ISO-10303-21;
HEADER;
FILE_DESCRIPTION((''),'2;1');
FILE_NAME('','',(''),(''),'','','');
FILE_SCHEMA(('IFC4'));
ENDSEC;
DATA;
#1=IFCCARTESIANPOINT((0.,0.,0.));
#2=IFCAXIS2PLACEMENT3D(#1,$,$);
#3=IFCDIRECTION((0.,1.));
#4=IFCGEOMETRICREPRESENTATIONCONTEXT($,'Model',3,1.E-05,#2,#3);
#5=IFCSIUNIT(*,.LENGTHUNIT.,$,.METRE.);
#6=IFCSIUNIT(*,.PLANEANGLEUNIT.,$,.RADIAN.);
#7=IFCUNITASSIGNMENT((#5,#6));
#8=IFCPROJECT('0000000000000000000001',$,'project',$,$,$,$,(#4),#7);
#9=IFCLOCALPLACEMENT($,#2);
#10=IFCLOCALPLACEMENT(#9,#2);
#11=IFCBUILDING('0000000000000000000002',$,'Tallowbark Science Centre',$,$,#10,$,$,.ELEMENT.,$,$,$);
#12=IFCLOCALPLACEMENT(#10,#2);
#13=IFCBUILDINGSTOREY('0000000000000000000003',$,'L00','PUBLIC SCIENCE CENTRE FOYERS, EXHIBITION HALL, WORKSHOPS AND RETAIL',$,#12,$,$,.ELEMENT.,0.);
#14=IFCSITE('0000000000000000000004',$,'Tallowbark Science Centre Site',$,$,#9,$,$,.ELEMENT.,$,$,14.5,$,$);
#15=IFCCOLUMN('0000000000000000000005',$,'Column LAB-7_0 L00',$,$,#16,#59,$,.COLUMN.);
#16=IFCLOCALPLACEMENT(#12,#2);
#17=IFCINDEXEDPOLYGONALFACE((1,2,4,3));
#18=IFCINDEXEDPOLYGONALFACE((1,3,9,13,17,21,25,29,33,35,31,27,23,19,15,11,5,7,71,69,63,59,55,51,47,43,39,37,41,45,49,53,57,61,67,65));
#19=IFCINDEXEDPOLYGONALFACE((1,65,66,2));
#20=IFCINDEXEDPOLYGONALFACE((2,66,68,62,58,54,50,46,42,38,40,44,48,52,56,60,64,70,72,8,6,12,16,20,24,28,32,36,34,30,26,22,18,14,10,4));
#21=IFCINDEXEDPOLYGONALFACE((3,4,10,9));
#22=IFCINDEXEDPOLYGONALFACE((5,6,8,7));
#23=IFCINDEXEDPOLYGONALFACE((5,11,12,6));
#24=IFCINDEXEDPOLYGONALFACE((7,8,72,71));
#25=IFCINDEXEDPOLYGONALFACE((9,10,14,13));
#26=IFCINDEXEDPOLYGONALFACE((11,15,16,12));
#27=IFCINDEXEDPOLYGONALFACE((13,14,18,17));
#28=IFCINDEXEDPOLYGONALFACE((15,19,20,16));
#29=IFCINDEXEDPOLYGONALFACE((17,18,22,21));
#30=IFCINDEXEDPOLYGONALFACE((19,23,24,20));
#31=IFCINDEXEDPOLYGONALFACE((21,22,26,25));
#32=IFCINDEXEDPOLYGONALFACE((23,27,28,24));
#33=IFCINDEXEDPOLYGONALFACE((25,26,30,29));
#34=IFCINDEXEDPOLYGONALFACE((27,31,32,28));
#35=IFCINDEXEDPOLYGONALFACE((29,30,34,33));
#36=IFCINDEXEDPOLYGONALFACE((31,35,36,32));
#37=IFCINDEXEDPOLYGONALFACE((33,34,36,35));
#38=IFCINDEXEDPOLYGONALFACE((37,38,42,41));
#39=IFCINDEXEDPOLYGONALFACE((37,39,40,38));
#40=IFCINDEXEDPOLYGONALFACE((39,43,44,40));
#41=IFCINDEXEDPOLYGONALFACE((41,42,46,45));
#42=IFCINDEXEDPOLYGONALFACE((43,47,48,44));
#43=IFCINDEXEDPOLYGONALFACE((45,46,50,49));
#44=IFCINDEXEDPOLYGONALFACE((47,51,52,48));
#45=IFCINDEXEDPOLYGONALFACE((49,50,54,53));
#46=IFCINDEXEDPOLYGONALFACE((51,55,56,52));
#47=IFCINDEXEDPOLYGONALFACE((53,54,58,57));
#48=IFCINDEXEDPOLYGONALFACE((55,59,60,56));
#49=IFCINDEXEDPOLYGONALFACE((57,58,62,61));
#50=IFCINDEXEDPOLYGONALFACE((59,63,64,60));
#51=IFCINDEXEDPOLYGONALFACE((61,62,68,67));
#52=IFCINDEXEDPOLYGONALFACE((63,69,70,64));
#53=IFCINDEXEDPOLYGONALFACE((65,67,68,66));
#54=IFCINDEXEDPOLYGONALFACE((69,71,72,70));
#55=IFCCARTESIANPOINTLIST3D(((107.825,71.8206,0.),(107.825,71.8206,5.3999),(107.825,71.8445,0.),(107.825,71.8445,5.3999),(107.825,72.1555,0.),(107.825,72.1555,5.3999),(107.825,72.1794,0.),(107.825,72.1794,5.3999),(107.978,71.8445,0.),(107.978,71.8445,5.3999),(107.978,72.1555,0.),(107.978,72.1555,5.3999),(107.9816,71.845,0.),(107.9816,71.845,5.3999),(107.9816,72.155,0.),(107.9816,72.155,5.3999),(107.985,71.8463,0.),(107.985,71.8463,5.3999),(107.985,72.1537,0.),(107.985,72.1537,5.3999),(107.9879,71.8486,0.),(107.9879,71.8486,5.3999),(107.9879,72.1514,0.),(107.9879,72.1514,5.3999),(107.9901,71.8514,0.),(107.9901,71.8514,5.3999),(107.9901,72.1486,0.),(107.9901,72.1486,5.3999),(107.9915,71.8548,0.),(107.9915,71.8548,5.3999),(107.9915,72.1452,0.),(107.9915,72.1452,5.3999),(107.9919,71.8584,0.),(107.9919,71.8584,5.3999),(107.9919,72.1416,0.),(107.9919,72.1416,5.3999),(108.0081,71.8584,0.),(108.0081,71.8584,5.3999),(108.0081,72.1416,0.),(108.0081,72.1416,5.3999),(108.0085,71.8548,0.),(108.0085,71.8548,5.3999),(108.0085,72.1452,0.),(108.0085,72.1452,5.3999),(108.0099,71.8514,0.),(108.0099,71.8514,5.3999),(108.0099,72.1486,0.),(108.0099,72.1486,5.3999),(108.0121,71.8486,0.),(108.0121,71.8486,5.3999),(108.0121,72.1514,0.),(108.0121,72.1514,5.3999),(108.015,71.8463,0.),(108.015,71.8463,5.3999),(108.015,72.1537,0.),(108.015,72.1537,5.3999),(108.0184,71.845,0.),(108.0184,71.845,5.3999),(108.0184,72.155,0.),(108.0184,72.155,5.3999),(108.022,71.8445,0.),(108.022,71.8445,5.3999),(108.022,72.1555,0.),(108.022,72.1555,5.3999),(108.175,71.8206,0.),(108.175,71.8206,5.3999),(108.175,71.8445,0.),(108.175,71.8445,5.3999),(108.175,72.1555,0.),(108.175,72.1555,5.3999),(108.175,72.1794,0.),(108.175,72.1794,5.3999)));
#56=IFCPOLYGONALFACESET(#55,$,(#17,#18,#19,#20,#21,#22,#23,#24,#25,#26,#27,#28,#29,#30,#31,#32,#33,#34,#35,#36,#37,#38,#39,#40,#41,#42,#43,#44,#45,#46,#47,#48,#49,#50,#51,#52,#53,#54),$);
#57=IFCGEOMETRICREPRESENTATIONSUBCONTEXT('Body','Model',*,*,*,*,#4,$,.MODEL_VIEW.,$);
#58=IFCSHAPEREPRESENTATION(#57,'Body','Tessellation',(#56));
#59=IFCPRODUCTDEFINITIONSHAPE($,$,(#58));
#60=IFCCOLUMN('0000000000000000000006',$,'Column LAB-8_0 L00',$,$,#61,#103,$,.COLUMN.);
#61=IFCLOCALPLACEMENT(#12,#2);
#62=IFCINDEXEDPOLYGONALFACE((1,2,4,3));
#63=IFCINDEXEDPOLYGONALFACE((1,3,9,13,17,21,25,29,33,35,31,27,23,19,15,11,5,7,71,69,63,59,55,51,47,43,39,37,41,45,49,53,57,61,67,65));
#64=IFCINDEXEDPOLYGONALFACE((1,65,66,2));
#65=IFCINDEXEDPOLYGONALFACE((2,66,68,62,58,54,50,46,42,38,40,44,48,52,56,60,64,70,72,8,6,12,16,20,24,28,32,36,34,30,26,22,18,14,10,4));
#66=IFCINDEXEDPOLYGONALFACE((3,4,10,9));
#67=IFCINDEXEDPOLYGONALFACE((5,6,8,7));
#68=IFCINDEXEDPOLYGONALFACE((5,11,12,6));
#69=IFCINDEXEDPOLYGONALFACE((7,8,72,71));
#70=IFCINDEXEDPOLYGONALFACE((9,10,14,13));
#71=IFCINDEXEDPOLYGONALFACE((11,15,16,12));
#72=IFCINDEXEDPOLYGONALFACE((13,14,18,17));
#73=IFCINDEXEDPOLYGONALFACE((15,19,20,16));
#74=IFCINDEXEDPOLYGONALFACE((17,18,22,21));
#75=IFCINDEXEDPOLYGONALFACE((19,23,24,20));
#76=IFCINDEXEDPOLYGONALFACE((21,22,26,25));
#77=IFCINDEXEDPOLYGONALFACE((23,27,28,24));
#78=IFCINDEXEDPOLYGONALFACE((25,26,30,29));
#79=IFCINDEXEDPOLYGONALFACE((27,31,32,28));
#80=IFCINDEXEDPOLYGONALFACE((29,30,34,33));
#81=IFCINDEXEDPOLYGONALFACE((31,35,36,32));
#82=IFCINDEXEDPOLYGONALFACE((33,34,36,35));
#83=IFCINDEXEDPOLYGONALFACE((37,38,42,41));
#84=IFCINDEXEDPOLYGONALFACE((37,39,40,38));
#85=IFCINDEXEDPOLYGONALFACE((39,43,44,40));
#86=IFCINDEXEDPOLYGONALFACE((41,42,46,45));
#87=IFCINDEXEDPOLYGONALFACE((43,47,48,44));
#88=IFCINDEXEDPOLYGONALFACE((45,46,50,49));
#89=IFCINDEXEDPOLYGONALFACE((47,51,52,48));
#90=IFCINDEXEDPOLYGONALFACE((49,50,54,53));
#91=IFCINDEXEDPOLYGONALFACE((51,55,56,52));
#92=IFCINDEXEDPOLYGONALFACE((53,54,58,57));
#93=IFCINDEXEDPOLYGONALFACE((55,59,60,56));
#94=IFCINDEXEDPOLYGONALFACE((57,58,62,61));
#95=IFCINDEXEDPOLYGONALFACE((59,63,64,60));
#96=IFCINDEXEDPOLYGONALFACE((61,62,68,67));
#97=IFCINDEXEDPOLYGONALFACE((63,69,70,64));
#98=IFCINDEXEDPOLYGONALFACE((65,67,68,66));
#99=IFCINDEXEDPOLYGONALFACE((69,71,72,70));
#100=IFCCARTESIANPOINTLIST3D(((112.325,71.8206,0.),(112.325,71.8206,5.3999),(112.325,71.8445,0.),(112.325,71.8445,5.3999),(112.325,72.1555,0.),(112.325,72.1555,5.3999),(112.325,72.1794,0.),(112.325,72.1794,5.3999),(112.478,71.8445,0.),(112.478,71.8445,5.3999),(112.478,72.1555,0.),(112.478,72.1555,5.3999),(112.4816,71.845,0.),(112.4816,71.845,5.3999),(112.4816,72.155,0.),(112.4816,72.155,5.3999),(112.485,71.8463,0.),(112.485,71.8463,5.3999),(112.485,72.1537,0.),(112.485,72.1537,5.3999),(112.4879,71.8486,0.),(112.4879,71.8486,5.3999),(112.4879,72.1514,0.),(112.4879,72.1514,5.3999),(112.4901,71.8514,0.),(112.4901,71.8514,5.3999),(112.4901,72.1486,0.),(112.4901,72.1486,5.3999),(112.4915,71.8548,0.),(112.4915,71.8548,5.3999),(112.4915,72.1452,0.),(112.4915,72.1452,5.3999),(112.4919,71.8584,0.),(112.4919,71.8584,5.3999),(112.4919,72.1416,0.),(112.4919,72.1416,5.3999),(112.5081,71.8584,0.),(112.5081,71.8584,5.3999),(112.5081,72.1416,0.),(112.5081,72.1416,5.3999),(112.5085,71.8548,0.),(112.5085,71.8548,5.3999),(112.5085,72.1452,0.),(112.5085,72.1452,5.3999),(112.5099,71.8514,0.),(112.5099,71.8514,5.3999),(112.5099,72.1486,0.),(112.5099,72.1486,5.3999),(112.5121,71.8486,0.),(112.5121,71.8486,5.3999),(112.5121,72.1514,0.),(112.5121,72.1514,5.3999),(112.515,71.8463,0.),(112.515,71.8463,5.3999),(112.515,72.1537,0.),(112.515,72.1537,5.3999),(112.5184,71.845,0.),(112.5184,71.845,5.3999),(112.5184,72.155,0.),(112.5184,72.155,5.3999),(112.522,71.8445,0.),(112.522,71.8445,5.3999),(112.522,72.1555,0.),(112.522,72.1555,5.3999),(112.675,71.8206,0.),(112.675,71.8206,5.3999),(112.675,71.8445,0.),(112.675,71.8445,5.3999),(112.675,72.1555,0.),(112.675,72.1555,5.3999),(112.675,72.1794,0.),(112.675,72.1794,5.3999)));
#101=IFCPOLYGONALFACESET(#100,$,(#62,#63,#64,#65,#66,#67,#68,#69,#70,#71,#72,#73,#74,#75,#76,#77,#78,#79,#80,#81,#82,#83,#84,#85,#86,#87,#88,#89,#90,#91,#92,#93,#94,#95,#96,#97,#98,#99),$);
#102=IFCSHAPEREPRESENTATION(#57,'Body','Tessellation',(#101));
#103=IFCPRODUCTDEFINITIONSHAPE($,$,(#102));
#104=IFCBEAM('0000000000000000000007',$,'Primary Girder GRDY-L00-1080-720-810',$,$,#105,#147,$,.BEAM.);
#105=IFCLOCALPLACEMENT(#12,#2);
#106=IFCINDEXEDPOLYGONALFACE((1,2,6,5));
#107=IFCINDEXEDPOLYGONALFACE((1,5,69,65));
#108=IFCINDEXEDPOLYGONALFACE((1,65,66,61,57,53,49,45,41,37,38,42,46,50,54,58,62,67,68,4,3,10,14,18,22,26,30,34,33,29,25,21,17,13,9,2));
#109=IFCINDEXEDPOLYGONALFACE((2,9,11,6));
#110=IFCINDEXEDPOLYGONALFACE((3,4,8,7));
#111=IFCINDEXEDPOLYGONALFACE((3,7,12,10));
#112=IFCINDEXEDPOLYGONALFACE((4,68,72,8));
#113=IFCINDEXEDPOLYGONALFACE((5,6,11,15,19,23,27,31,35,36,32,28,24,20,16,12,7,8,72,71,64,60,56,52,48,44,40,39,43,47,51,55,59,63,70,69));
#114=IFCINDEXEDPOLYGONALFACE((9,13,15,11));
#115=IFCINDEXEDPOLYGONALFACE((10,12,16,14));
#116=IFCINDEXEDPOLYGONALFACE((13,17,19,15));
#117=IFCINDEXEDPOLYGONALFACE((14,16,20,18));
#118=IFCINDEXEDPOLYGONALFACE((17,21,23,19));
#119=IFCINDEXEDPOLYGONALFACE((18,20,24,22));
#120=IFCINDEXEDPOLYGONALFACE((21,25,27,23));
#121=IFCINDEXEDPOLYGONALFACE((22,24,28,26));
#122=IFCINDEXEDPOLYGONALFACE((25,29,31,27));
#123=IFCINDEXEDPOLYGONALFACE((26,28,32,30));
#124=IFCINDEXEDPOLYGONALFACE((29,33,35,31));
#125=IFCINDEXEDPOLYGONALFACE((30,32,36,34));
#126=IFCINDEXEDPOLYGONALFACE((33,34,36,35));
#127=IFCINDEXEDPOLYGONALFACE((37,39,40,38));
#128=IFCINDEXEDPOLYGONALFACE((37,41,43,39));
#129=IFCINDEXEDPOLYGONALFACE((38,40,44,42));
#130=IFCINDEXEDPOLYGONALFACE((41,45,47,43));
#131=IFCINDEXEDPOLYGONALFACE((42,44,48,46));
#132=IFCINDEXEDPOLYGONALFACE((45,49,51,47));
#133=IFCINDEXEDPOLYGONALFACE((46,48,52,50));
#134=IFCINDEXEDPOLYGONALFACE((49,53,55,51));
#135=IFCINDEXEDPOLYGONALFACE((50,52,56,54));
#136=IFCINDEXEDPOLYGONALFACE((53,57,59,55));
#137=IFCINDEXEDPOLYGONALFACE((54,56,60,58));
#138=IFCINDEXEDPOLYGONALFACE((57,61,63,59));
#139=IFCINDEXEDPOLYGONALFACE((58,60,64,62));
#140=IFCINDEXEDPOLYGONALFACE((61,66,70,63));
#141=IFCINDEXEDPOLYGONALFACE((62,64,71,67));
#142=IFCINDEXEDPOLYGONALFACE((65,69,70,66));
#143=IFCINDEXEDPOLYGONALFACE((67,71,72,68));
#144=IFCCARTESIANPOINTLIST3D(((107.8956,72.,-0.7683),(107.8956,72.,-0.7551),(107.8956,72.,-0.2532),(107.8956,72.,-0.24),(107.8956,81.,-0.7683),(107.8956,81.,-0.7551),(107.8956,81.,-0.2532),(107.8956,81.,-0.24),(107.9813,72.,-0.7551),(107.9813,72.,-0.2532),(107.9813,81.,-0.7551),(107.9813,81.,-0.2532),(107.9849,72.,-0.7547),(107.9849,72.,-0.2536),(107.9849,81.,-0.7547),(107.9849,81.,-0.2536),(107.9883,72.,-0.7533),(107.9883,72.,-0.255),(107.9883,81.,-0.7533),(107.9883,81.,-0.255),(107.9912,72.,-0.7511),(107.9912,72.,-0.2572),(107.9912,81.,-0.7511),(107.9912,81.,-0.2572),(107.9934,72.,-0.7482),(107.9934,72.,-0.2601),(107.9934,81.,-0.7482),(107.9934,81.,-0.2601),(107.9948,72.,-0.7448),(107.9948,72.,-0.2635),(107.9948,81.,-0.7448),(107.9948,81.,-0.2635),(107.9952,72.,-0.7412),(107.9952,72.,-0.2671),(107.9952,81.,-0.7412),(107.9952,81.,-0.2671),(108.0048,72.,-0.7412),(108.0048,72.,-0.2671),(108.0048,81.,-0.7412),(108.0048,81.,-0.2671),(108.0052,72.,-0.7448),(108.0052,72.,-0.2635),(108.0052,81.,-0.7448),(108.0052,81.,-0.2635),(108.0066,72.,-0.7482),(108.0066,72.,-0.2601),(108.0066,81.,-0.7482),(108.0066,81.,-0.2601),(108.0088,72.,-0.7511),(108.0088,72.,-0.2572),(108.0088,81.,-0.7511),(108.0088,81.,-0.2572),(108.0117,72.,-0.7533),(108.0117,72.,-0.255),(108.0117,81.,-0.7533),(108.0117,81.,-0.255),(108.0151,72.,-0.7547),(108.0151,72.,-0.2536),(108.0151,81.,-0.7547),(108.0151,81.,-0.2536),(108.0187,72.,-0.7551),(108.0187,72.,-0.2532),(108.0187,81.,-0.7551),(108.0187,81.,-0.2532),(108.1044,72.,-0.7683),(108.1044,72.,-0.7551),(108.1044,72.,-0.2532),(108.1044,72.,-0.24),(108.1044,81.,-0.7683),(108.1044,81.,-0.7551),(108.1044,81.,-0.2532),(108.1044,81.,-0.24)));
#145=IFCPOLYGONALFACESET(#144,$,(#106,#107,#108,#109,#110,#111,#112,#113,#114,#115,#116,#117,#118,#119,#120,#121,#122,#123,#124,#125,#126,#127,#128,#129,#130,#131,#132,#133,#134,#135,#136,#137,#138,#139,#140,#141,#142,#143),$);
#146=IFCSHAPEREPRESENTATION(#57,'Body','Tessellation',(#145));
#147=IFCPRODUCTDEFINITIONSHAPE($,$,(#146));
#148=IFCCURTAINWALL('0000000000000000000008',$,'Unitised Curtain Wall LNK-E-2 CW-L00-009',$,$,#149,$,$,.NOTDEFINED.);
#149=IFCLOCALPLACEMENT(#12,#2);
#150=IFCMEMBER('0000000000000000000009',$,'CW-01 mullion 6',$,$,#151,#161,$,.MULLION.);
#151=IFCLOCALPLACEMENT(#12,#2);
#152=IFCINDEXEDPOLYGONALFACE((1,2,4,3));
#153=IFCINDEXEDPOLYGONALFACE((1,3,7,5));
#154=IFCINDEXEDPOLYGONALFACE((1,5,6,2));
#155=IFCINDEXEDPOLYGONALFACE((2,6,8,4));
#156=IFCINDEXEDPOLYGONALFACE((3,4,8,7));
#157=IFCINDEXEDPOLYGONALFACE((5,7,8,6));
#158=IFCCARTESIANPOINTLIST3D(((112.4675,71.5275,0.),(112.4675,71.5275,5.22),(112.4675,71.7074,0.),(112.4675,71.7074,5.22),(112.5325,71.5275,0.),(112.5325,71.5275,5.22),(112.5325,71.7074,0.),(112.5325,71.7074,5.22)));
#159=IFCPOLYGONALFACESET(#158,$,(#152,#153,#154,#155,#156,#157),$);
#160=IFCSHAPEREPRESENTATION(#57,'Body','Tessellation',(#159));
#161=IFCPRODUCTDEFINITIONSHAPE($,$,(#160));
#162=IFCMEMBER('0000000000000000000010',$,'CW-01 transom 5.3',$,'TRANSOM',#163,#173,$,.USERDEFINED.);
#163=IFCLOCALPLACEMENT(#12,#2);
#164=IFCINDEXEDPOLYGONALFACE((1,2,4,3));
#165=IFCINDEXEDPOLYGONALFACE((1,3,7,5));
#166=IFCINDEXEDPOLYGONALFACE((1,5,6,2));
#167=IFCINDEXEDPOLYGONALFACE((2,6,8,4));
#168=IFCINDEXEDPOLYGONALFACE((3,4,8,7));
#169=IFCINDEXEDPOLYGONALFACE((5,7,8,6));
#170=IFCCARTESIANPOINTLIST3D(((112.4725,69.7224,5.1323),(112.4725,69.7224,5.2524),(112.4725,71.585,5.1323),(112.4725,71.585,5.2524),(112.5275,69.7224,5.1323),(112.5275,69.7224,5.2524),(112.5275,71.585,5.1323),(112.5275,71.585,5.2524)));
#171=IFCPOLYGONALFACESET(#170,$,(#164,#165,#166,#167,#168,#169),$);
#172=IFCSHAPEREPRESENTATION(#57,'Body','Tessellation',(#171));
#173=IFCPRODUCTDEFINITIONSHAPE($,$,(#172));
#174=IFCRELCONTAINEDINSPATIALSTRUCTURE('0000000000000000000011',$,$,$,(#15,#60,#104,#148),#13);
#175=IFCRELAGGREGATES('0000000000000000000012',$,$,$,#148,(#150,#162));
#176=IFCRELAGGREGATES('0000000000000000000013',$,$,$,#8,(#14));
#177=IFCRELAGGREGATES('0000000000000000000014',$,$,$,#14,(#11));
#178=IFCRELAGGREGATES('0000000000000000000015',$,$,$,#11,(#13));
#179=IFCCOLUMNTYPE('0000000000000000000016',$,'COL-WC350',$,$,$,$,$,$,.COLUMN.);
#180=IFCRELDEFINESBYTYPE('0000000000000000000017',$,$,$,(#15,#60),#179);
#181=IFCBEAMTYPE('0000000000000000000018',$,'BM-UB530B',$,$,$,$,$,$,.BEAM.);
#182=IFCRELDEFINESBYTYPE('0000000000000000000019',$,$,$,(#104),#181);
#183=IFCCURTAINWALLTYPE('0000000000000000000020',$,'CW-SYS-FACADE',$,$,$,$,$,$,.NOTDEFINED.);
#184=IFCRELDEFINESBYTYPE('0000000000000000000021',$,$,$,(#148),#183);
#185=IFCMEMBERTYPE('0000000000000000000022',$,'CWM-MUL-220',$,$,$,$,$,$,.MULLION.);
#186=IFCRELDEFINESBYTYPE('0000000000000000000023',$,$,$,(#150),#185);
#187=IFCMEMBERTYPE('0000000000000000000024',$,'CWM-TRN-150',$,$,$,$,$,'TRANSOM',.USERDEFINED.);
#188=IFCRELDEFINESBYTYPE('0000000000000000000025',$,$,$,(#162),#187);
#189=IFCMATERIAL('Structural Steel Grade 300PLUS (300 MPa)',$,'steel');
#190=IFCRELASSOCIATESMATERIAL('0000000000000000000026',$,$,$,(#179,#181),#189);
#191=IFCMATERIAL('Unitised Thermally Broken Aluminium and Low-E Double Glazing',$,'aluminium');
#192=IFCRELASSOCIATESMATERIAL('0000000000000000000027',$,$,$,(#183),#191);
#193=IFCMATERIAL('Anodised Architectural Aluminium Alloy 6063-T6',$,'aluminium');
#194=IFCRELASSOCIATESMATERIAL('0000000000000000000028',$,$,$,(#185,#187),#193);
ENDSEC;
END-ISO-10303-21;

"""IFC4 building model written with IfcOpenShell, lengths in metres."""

from ifc_helpers import new_model, si_unit, direction, frame, origin, origin_2d, place, context, subcontext, project, spatial, rectangle, i_section, extrude, material, material_profile, profile_set, type_object, element, aggregate, save


model = new_model("IFC4")

# Units and contexts
model_context = context("Model", 3, precision=1e-05, world=origin(), true_north=direction((0.0, 1.0)))
body_context = subcontext(model_context, "Body", "Model", "MODEL_VIEW")
ifc_project = project(units=[si_unit("LENGTHUNIT", "METRE"), si_unit("PLANEANGLEUNIT", "RADIAN")], contexts=[model_context])

# Site, building, storey
site_placement = place(None, origin())
site = spatial("IfcSite", under=ifc_project, at=site_placement, Name="Tallowbark Science Centre Site", CompositionType="ELEMENT", RefElevation=14.5)
building_placement = place(site_placement, origin())
building = spatial("IfcBuilding", under=site, at=building_placement, Name="Tallowbark Science Centre", CompositionType="ELEMENT")
storey_placement = place(building_placement, origin())
storey = spatial("IfcBuildingStorey", under=building, at=storey_placement, Name="L00", Description="PUBLIC SCIENCE CENTRE FOYERS, EXHIBITION HALL, WORKSHOPS AND RETAIL", CompositionType="ELEMENT", Elevation=0.0)

# Columns
ifc_material_1 = material(Name="Structural Steel Grade 300PLUS (300 MPa)", Category="steel")
ifc_material_profile_1 = material_profile(ifc_material_1, i_section(OverallWidth=0.3501, OverallDepth=0.3589, WebThickness=0.0161, FlangeThickness=0.0239, FilletRadius=0.0139, at=origin_2d()), Name="350WC197")
ifc_profile_set_1 = profile_set([ifc_material_profile_1], Name="Structural Steel Grade 300PLUS (300 MPa)")
column_type = type_object("IfcColumnType", Name="COL-WC350", PredefinedType="COLUMN", material=ifc_profile_set_1)
for number, where, z_axis, x_axis, name in (
    (1, (108.0, 72.0, 0.0), (0.0, 0.0, 1.0), (1.0, 0.0, 0.0), "Column LAB-7_0 L00"),
    (2, (112.5, 72.0, 0.0), (0.0, 0.0, 1.0), (1.0, 0.0, 0.0), "Column LAB-8_0 L00"),
):
    element("IfcColumn", number, at=place(storey_placement, frame(where, z_axis=z_axis, x_axis=x_axis)), inside=storey, type_object=column_type, Name=name, PredefinedType="COLUMN", context=body_context, shape_type="SweptSolid", body=[
        extrude(i_section(OverallWidth=0.3501, OverallDepth=0.3589, WebThickness=0.0161, FlangeThickness=0.0239, FilletRadius=0.0139, at=origin_2d()), origin(), (0.0, 0.0, 1.0), 5.3999),
    ])

# Beam
ifc_material_profile_2 = material_profile(ifc_material_1, i_section(OverallWidth=0.2087, OverallDepth=0.5283, WebThickness=0.0095, FlangeThickness=0.0132, FilletRadius=0.0139, at=origin_2d()), Name="530UB82.0")
ifc_profile_set_2 = profile_set([ifc_material_profile_2], Name="Structural Steel Grade 300PLUS (300 MPa)")
beam_type_1 = type_object("IfcBeamType", Name="BM-UB530B", PredefinedType="BEAM", material=ifc_profile_set_2)
beam_1_placement = place(storey_placement, frame((108.0, 72.0, -0.5042), z_axis=(0.0, 1.0, 0.0), x_axis=(-1.0, 0.0, 0.0)))
element("IfcBeam", 3, at=beam_1_placement, inside=storey, type_object=beam_type_1, Name="Primary Girder GRDY-L00-1080-720-810", PredefinedType="BEAM", context=body_context, shape_type="SweptSolid", body=[
    extrude(i_section(OverallWidth=0.2087, OverallDepth=0.5283, WebThickness=0.0095, FlangeThickness=0.0132, FilletRadius=0.0139, at=origin_2d()), origin(), (0.0, 0.0, 1.0), 9.0),
])

# Curtain wall, members
ifc_material_2 = material(Name="Unitised Thermally Broken Aluminium and Low-E Double Glazing", Category="aluminium")
curtain_wall_type = type_object("IfcCurtainWallType", Name="CW-SYS-FACADE", PredefinedType="NOTDEFINED", material=ifc_material_2)
curtain_wall_placement = place(storey_placement, origin())
curtain_wall = element("IfcCurtainWall", 4, at=curtain_wall_placement, inside=storey, type_object=curtain_wall_type, Name="Unitised Curtain Wall LNK-E-2 CW-L00-009", PredefinedType="NOTDEFINED")
ifc_material_3 = material(Name="Anodised Architectural Aluminium Alloy 6063-T6", Category="aluminium")
ifc_material_profile_3 = material_profile(ifc_material_3, rectangle(XDim=0.0649, YDim=0.1799, at=origin_2d()), Name="ALU65x180")
ifc_profile_set_3 = profile_set([ifc_material_profile_3], Name="Anodised Architectural Aluminium Alloy 6063-T6")
member_type_1 = type_object("IfcMemberType", Name="CWM-MUL-220", PredefinedType="MULLION", material=ifc_profile_set_3)
member_1_placement = place(storey_placement, frame((112.5, 71.6174, 0.0), z_axis=(0.0, 0.0, 1.0), x_axis=(-1.0, 0.0, 0.0)))
member_1 = element("IfcMember", 5, at=member_1_placement, type_object=member_type_1, Name="CW-01 mullion 6", PredefinedType="MULLION", context=body_context, shape_type="SweptSolid", body=[
    extrude(rectangle(XDim=0.0649, YDim=0.1799, at=origin_2d()), origin(), (0.0, 0.0, 1.0), 5.22),
])
ifc_material_profile_4 = material_profile(ifc_material_3, rectangle(XDim=0.0549, YDim=0.1201, at=origin_2d()), Name="ALU55x120")
ifc_profile_set_4 = profile_set([ifc_material_profile_4], Name="Anodised Architectural Aluminium Alloy 6063-T6")
member_type_2 = type_object("IfcMemberType", Name="CWM-TRN-150", ElementType="TRANSOM", PredefinedType="USERDEFINED", material=ifc_profile_set_4)
member_2_placement = place(storey_placement, frame((112.5, 69.7224, 5.1924), z_axis=(0.0, 1.0, 0.0), x_axis=(-1.0, 0.0, 0.0)))
member_2 = element("IfcMember", 6, at=member_2_placement, type_object=member_type_2, Name="CW-01 transom 5.3", ObjectType="TRANSOM", PredefinedType="USERDEFINED", context=body_context, shape_type="SweptSolid", body=[
    extrude(rectangle(XDim=0.0549, YDim=0.1201, at=origin_2d()), origin(), (0.0, 0.0, 1.0), 1.8625),
])

aggregate(curtain_wall, [member_1, member_2])

save(model, "model.ifc")
